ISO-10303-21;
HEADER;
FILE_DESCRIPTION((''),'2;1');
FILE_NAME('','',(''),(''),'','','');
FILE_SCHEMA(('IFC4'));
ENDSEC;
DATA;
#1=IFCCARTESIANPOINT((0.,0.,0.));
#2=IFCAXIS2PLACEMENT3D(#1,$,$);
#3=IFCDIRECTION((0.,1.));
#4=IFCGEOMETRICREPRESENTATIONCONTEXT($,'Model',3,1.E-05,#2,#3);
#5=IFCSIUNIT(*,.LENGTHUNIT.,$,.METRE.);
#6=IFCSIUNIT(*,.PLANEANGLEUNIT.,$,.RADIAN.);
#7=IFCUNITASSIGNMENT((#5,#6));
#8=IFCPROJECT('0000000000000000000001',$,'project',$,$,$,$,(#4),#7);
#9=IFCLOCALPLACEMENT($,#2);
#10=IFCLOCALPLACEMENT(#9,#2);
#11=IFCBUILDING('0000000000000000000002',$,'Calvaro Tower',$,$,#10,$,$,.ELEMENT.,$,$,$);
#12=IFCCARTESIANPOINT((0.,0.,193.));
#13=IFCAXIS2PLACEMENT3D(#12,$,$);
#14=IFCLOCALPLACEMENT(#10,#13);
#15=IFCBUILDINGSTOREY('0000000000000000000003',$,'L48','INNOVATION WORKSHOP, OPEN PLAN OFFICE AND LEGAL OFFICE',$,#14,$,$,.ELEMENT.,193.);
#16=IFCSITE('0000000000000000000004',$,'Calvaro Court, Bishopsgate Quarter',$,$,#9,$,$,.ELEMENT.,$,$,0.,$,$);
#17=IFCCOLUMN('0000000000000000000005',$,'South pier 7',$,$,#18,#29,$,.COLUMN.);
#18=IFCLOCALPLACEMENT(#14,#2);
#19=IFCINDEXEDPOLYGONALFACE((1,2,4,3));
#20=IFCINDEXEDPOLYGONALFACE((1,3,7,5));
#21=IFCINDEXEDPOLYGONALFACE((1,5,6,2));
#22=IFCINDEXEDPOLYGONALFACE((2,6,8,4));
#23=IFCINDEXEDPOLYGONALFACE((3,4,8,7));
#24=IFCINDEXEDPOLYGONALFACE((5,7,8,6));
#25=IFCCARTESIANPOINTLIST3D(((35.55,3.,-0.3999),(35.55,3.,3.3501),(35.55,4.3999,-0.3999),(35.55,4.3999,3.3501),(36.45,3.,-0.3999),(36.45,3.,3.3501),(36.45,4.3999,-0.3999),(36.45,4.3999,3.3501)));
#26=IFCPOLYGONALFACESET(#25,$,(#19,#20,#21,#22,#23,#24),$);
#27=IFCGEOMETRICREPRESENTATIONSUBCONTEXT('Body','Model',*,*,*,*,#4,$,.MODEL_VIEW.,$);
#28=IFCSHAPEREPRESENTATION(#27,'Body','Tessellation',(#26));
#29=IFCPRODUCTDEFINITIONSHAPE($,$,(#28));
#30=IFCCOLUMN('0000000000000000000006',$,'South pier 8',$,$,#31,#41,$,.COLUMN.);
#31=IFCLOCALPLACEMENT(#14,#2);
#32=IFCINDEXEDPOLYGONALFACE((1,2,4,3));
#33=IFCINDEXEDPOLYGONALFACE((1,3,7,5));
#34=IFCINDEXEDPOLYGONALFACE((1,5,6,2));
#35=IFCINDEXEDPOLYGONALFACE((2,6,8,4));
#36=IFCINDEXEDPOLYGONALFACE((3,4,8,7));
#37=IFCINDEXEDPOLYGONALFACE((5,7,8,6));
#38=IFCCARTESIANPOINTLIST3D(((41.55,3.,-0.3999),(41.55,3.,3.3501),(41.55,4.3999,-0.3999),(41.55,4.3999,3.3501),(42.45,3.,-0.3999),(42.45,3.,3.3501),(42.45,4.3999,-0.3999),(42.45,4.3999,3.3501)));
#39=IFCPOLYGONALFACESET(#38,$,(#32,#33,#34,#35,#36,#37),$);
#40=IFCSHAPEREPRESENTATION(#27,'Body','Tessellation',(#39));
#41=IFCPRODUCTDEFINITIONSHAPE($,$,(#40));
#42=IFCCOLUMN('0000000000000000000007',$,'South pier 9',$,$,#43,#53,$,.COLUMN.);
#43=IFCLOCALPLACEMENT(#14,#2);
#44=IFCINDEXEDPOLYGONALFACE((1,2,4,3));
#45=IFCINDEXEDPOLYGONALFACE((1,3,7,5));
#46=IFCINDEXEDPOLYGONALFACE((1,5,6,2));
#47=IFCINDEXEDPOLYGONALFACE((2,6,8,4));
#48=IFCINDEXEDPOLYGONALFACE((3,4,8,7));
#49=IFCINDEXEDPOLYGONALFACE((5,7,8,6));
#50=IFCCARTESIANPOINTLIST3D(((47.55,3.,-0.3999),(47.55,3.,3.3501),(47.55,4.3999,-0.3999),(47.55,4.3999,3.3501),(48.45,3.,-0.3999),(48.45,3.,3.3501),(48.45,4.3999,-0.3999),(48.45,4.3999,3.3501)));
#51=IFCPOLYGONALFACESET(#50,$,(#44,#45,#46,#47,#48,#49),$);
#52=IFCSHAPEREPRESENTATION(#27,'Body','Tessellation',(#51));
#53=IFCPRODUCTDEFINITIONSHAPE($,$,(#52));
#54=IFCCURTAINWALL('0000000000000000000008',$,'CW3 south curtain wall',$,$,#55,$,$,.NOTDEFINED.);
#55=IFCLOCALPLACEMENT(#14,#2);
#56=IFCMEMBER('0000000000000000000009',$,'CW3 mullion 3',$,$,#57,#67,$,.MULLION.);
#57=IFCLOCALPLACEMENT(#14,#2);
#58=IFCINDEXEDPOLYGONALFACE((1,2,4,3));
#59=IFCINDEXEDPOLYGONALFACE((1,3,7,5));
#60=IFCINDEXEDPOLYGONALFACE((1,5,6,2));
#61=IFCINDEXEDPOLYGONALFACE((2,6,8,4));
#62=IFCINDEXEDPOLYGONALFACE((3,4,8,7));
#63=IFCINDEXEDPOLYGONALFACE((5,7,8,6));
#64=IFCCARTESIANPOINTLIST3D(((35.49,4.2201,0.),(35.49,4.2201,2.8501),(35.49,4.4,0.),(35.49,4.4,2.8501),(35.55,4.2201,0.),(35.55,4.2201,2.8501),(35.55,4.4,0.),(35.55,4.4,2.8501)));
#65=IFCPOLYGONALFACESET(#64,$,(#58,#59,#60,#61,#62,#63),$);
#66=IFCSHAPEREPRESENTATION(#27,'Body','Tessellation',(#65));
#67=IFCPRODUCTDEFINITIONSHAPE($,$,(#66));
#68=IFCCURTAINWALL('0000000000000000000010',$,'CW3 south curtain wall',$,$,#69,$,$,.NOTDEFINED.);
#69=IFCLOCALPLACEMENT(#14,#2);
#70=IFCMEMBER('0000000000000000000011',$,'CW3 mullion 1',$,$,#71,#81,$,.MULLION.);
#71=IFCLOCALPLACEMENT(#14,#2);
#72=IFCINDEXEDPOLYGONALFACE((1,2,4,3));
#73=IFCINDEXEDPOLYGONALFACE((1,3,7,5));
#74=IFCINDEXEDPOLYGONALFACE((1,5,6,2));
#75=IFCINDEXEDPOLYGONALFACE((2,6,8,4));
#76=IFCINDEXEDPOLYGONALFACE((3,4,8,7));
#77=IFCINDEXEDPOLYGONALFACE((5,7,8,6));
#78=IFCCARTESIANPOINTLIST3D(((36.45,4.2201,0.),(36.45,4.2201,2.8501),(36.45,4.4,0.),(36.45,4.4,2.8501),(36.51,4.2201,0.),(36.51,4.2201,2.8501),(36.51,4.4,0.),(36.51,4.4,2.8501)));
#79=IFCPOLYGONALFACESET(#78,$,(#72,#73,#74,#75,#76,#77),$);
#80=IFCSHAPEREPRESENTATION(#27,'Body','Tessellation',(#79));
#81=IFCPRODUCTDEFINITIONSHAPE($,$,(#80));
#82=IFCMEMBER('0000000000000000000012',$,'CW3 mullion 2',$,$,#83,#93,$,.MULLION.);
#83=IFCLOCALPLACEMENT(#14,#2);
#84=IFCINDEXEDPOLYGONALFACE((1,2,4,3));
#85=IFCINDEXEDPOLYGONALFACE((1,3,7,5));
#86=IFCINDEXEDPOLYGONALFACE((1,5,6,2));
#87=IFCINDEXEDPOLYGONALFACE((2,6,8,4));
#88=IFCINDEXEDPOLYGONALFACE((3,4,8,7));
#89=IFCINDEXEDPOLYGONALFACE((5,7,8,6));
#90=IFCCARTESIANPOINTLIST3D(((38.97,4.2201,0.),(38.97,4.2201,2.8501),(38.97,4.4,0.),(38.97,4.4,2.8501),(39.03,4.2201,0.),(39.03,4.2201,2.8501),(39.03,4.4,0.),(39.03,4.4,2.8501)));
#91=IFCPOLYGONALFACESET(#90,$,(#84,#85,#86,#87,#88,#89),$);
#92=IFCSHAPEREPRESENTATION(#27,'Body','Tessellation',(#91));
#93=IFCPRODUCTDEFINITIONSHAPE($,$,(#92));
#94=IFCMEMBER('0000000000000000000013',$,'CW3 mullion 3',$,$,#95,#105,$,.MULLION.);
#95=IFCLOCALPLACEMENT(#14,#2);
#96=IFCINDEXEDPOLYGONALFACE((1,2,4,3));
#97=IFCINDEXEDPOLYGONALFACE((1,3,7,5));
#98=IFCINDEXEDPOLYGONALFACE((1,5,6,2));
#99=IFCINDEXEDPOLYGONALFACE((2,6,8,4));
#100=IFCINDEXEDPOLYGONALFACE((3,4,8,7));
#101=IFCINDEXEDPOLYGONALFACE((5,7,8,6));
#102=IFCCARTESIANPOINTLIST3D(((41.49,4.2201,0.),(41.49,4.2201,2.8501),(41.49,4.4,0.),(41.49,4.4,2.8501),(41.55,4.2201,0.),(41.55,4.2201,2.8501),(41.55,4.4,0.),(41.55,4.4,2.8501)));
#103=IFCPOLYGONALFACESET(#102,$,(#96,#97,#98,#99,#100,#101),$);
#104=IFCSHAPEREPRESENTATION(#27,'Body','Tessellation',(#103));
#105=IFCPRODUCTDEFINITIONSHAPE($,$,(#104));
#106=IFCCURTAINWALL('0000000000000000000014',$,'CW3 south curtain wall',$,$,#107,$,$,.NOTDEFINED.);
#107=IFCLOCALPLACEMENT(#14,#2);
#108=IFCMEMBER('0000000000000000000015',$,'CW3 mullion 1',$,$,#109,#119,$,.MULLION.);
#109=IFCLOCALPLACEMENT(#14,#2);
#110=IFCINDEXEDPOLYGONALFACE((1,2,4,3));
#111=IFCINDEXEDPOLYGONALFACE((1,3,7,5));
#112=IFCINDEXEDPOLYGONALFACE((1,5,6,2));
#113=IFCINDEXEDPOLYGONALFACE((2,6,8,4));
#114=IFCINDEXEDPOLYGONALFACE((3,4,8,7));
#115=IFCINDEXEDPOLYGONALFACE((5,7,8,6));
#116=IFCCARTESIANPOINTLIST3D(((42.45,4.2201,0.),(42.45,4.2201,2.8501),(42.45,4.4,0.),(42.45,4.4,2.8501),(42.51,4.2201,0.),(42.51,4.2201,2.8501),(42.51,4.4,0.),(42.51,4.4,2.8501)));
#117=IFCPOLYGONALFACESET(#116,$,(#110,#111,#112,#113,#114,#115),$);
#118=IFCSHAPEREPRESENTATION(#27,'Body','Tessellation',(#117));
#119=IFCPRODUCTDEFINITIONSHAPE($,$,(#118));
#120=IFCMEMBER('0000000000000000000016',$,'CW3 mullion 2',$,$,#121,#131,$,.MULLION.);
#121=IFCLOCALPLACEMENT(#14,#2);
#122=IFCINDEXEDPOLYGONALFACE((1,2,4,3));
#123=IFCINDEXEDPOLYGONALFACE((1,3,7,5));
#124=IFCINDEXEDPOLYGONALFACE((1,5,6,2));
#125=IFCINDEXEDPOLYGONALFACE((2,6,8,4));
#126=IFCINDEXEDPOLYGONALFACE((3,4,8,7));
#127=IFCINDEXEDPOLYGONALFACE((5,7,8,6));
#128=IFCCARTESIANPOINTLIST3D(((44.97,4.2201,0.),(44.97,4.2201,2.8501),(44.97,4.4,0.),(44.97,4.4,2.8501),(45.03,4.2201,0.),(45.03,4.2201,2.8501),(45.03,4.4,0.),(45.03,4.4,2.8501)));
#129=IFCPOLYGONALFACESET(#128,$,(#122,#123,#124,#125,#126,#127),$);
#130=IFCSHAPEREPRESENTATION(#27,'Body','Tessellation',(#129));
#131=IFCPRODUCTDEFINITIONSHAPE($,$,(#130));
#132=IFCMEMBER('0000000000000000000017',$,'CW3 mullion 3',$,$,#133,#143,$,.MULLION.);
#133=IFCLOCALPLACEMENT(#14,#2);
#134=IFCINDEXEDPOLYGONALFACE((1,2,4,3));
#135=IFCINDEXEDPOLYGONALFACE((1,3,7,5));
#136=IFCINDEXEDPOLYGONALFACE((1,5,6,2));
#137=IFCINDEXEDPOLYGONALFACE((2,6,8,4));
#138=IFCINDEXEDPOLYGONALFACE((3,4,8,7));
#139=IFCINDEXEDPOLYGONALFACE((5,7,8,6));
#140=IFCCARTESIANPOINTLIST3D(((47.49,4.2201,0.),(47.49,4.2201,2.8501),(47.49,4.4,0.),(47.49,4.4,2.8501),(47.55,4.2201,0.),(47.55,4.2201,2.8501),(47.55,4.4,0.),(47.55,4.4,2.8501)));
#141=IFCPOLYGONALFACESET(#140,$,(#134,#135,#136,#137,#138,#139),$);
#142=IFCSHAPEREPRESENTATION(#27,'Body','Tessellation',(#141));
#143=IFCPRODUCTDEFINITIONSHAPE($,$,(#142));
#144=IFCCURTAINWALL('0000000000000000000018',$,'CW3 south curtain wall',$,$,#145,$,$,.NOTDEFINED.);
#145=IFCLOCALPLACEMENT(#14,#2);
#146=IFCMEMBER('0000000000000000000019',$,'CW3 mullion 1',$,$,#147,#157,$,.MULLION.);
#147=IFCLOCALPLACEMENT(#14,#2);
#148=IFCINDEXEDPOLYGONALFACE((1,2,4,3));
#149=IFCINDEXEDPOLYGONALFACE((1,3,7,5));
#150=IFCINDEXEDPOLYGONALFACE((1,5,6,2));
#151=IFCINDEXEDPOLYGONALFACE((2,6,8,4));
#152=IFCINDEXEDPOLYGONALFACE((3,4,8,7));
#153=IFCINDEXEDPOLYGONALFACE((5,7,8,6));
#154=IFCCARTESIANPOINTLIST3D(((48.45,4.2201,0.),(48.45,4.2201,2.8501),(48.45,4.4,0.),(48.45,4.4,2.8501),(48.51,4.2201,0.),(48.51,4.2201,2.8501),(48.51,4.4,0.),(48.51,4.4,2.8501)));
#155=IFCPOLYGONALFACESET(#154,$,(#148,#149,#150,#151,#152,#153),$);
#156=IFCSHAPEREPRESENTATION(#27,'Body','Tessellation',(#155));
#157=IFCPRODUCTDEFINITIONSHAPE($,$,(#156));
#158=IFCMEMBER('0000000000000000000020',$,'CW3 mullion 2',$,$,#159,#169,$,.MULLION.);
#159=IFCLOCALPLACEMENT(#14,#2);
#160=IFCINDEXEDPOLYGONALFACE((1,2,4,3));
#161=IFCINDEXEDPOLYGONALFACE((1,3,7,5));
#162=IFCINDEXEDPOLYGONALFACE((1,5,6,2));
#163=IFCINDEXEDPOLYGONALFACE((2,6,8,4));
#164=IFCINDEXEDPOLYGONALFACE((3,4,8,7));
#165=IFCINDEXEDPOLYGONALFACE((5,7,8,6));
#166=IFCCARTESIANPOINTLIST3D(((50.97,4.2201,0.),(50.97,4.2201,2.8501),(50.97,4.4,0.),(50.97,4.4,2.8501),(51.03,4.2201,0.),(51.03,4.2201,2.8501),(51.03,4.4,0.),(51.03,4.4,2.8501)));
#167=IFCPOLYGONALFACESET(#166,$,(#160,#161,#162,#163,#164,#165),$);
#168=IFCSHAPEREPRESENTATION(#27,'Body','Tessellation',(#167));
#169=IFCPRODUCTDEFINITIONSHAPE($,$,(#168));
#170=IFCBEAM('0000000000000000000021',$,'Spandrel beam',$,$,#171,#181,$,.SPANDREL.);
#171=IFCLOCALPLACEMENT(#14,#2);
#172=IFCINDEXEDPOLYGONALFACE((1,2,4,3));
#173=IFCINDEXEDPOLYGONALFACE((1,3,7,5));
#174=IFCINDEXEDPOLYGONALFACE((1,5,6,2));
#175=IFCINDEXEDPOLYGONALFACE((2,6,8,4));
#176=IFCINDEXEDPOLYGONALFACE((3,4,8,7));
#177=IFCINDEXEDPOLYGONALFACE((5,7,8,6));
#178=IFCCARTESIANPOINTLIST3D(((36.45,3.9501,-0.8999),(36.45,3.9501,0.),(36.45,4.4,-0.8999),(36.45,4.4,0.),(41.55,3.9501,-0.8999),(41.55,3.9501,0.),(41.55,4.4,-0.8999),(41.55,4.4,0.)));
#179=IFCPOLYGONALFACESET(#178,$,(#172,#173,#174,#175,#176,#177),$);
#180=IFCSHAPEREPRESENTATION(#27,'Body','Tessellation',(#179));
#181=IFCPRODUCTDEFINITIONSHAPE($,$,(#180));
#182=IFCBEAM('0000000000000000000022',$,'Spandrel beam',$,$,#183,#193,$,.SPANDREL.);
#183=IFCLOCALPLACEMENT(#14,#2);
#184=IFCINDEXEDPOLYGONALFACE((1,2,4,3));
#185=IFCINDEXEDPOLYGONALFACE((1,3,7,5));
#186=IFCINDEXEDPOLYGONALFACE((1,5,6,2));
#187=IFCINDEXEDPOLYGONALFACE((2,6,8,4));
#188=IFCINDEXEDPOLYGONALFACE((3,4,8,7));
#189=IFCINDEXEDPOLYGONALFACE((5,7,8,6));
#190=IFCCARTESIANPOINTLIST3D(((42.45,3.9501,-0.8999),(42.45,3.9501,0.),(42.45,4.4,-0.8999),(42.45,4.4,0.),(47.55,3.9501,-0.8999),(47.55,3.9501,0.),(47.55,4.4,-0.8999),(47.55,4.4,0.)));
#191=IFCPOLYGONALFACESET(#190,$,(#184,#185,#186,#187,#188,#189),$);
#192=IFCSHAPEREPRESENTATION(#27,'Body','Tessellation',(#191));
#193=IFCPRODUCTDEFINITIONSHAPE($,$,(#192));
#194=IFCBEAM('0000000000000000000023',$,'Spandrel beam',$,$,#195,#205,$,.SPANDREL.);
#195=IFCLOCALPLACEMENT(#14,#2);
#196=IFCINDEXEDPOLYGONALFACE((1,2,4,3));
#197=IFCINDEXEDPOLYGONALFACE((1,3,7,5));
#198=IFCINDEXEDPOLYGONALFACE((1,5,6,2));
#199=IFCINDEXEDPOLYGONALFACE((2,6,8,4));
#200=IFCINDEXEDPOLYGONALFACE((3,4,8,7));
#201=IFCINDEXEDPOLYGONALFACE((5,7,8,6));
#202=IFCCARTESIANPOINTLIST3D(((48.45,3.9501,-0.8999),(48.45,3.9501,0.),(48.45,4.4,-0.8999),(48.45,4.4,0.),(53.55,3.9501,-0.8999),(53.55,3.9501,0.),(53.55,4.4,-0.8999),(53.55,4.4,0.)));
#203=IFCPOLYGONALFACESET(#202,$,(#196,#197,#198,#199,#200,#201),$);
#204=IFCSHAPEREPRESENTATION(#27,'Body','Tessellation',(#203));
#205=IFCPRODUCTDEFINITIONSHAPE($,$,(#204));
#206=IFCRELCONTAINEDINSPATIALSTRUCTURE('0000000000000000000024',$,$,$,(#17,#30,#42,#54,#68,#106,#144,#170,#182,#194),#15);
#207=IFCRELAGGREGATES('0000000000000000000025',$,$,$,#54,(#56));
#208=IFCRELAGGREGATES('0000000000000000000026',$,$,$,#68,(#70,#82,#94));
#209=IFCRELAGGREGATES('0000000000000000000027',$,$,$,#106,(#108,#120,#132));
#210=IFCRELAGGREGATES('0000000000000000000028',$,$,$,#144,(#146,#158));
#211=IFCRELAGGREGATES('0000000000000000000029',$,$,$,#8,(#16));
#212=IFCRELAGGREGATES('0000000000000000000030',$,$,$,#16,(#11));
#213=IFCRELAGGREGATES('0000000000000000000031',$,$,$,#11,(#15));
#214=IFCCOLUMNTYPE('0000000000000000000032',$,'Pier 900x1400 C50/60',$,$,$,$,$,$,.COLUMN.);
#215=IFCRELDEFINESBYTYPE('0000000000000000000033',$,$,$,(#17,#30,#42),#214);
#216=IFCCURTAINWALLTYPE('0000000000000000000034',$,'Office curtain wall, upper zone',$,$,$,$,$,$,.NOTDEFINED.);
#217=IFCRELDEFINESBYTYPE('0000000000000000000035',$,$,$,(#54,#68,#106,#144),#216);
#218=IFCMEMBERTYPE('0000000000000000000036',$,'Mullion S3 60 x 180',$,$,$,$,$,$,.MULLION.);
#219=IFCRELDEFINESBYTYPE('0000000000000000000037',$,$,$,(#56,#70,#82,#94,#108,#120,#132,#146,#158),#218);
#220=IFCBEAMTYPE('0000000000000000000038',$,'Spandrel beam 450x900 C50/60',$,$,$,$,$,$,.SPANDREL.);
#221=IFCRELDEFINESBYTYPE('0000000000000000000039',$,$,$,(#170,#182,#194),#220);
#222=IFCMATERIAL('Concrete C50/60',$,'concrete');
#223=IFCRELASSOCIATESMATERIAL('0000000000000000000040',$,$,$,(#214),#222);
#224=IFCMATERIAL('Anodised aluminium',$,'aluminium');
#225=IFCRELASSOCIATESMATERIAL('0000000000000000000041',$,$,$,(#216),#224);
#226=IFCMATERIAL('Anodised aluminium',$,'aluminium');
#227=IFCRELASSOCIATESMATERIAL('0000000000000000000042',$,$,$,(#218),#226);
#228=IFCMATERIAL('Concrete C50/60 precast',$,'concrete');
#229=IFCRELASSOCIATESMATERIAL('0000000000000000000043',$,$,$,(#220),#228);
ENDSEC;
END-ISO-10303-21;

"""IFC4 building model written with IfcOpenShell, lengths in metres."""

from ifc_helpers import new_model, si_unit, direction, frame, origin, origin_2d, place, context, subcontext, project, spatial, rectangle, extrude, material, material_profile, profile_set, type_object, element, aggregate, save


model = new_model("IFC4")

# Units and contexts
model_context = context("Model", 3, precision=1e-05, world=origin(), true_north=direction((0.0, 1.0)))
body_context = subcontext(model_context, "Body", "Model", "MODEL_VIEW")
ifc_project = project(units=[si_unit("LENGTHUNIT", "METRE"), si_unit("PLANEANGLEUNIT", "RADIAN")], contexts=[model_context])

# Site, building, storey
site_placement = place(None, origin())
site = spatial("IfcSite", under=ifc_project, at=site_placement, Name="Calvaro Court, Bishopsgate Quarter", CompositionType="ELEMENT", RefElevation=0.0)
building_placement = place(site_placement, origin())
building = spatial("IfcBuilding", under=site, at=building_placement, Name="Calvaro Tower", CompositionType="ELEMENT")
storey_placement = place(building_placement, frame((0.0, 0.0, 193.0)))
storey = spatial("IfcBuildingStorey", under=building, at=storey_placement, Name="L48", Description="INNOVATION WORKSHOP, OPEN PLAN OFFICE AND LEGAL OFFICE", CompositionType="ELEMENT", Elevation=193.0)

# Columns
ifc_material_1 = material(Name="Concrete C50/60", Category="concrete")
ifc_material_profile_1 = material_profile(ifc_material_1, rectangle(XDim=0.8999, YDim=1.3999, at=origin_2d()), Name="RC 900x1400")
ifc_profile_set_1 = profile_set([ifc_material_profile_1], Name="Concrete C50/60")
column_type = type_object("IfcColumnType", Name="Pier 900x1400 C50/60", PredefinedType="COLUMN", material=ifc_profile_set_1)
for number, where, z_axis, x_axis, name in (
    (1, (36.0, 3.7, -0.3999), (0.0, 0.0, 1.0), (1.0, 0.0, 0.0), "South pier 7"),
    (2, (42.0, 3.7, -0.3999), (0.0, 0.0, 1.0), (1.0, 0.0, 0.0), "South pier 8"),
    (3, (48.0, 3.7, -0.3999), (0.0, 0.0, 1.0), (1.0, 0.0, 0.0), "South pier 9"),
):
    element("IfcColumn", number, at=place(storey_placement, frame(where, z_axis=z_axis, x_axis=x_axis)), inside=storey, type_object=column_type, Name=name, PredefinedType="COLUMN", context=body_context, shape_type="SweptSolid", body=[
        extrude(rectangle(XDim=0.8999, YDim=1.3999, at=origin_2d()), origin(), (0.0, 0.0, 1.0), 3.75),
    ])

# Curtain wall, member
ifc_material_2 = material(Name="Anodised aluminium", Category="aluminium")
curtain_wall_type = type_object("IfcCurtainWallType", Name="Office curtain wall, upper zone", PredefinedType="NOTDEFINED", material=ifc_material_2)
curtain_wall_1_placement = place(storey_placement, origin())
curtain_wall_1 = element("IfcCurtainWall", 4, at=curtain_wall_1_placement, inside=storey, type_object=curtain_wall_type, Name="CW3 south curtain wall", PredefinedType="NOTDEFINED")
ifc_material_3 = material(Name="Anodised aluminium", Category="aluminium")
ifc_material_profile_2 = material_profile(ifc_material_3, rectangle(XDim=0.1799, YDim=0.0601, at=origin_2d()), Name="Mullion S3 60 x 180")
ifc_profile_set_2 = profile_set([ifc_material_profile_2], Name="Anodised aluminium")
member_type_1 = type_object("IfcMemberType", Name="Mullion S3 60 x 180", PredefinedType="MULLION", material=ifc_profile_set_2)
member_1_placement = place(storey_placement, frame((35.52, 4.3101, 0.0), z_axis=(0.0, 0.0, 1.0), x_axis=(0.0, 1.0, 0.0)))
member_1 = element("IfcMember", 5, at=member_1_placement, type_object=member_type_1, Name="CW3 mullion 3", PredefinedType="MULLION", context=body_context, shape_type="SweptSolid", body=[
    extrude(rectangle(XDim=0.1799, YDim=0.0601, at=origin_2d()), origin(), (0.0, 0.0, 1.0), 2.8501),
])
aggregate(curtain_wall_1, [member_1])

# Curtain walls, members
curtain_wall_2_placement = place(storey_placement, origin())
curtain_wall_2 = element("IfcCurtainWall", 6, at=curtain_wall_2_placement, inside=storey, type_object=curtain_wall_type, Name="CW3 south curtain wall", PredefinedType="NOTDEFINED")
member_2_placement = place(storey_placement, frame((36.48, 4.3101, 0.0), z_axis=(0.0, 0.0, 1.0), x_axis=(0.0, 1.0, 0.0)))
member_2 = element("IfcMember", 7, at=member_2_placement, type_object=member_type_1, Name="CW3 mullion 1", PredefinedType="MULLION", context=body_context, shape_type="SweptSolid", body=[
    extrude(rectangle(XDim=0.1799, YDim=0.0601, at=origin_2d()), origin(), (0.0, 0.0, 1.0), 2.8501),
])
member_3_placement = place(storey_placement, frame((39.0, 4.3101, 0.0), z_axis=(0.0, 0.0, 1.0), x_axis=(0.0, 1.0, 0.0)))
member_3 = element("IfcMember", 8, at=member_3_placement, type_object=member_type_1, Name="CW3 mullion 2", PredefinedType="MULLION", context=body_context, shape_type="SweptSolid", body=[
    extrude(rectangle(XDim=0.1799, YDim=0.0601, at=origin_2d()), origin(), (0.0, 0.0, 1.0), 2.8501),
])
member_4_placement = place(storey_placement, frame((41.52, 4.3101, 0.0), z_axis=(0.0, 0.0, 1.0), x_axis=(0.0, 1.0, 0.0)))
member_4 = element("IfcMember", 9, at=member_4_placement, type_object=member_type_1, Name="CW3 mullion 3", PredefinedType="MULLION", context=body_context, shape_type="SweptSolid", body=[
    extrude(rectangle(XDim=0.1799, YDim=0.0601, at=origin_2d()), origin(), (0.0, 0.0, 1.0), 2.8501),
])
curtain_wall_3_placement = place(storey_placement, origin())
curtain_wall_3 = element("IfcCurtainWall", 10, at=curtain_wall_3_placement, inside=storey, type_object=curtain_wall_type, Name="CW3 south curtain wall", PredefinedType="NOTDEFINED")
member_5_placement = place(storey_placement, frame((42.48, 4.3101, 0.0), z_axis=(0.0, 0.0, 1.0), x_axis=(0.0, 1.0, 0.0)))
member_5 = element("IfcMember", 11, at=member_5_placement, type_object=member_type_1, Name="CW3 mullion 1", PredefinedType="MULLION", context=body_context, shape_type="SweptSolid", body=[
    extrude(rectangle(XDim=0.1799, YDim=0.0601, at=origin_2d()), origin(), (0.0, 0.0, 1.0), 2.8501),
])
member_6_placement = place(storey_placement, frame((45.0, 4.3101, 0.0), z_axis=(0.0, 0.0, 1.0), x_axis=(0.0, 1.0, 0.0)))
member_6 = element("IfcMember", 12, at=member_6_placement, type_object=member_type_1, Name="CW3 mullion 2", PredefinedType="MULLION", context=body_context, shape_type="SweptSolid", body=[
    extrude(rectangle(XDim=0.1799, YDim=0.0601, at=origin_2d()), origin(), (0.0, 0.0, 1.0), 2.8501),
])
member_7_placement = place(storey_placement, frame((47.52, 4.3101, 0.0), z_axis=(0.0, 0.0, 1.0), x_axis=(0.0, 1.0, 0.0)))
member_7 = element("IfcMember", 13, at=member_7_placement, type_object=member_type_1, Name="CW3 mullion 3", PredefinedType="MULLION", context=body_context, shape_type="SweptSolid", body=[
    extrude(rectangle(XDim=0.1799, YDim=0.0601, at=origin_2d()), origin(), (0.0, 0.0, 1.0), 2.8501),
])
curtain_wall_4_placement = place(storey_placement, origin())
curtain_wall_4 = element("IfcCurtainWall", 14, at=curtain_wall_4_placement, inside=storey, type_object=curtain_wall_type, Name="CW3 south curtain wall", PredefinedType="NOTDEFINED")
member_8_placement = place(storey_placement, frame((48.48, 4.3101, 0.0), z_axis=(0.0, 0.0, 1.0), x_axis=(0.0, 1.0, 0.0)))
member_8 = element("IfcMember", 15, at=member_8_placement, type_object=member_type_1, Name="CW3 mullion 1", PredefinedType="MULLION", context=body_context, shape_type="SweptSolid", body=[
    extrude(rectangle(XDim=0.1799, YDim=0.0601, at=origin_2d()), origin(), (0.0, 0.0, 1.0), 2.8501),
])
member_9_placement = place(storey_placement, frame((51.0, 4.3101, 0.0), z_axis=(0.0, 0.0, 1.0), x_axis=(0.0, 1.0, 0.0)))
member_9 = element("IfcMember", 16, at=member_9_placement, type_object=member_type_1, Name="CW3 mullion 2", PredefinedType="MULLION", context=body_context, shape_type="SweptSolid", body=[
    extrude(rectangle(XDim=0.1799, YDim=0.0601, at=origin_2d()), origin(), (0.0, 0.0, 1.0), 2.8501),
])

# Beams
ifc_material_4 = material(Name="Concrete C50/60 precast", Category="concrete")
ifc_material_profile_3 = material_profile(ifc_material_4, rectangle(XDim=0.45, YDim=0.8999, at=origin_2d()), Name="RC 450x900")
ifc_profile_set_3 = profile_set([ifc_material_profile_3], Name="Concrete C50/60 precast")
beam_type = type_object("IfcBeamType", Name="Spandrel beam 450x900 C50/60", PredefinedType="SPANDREL", material=ifc_profile_set_3)
for number, where, z_axis, x_axis, name in (
    (17, (36.45, 4.175, -0.45), (1.0, 0.0, 0.0), (0.0, 1.0, 0.0), "Spandrel beam"),
    (18, (42.45, 4.175, -0.45), (1.0, 0.0, 0.0), (0.0, 1.0, 0.0), "Spandrel beam"),
    (19, (48.45, 4.175, -0.45), (1.0, 0.0, 0.0), (0.0, 1.0, 0.0), "Spandrel beam"),
):
    element("IfcBeam", number, at=place(storey_placement, frame(where, z_axis=z_axis, x_axis=x_axis)), inside=storey, type_object=beam_type, Name=name, PredefinedType="SPANDREL", context=body_context, shape_type="SweptSolid", body=[
        extrude(rectangle(XDim=0.45, YDim=0.8999, at=origin_2d()), origin(), (0.0, 0.0, 1.0), 5.1001),
    ])

aggregate(curtain_wall_2, [member_2, member_3, member_4])
aggregate(curtain_wall_3, [member_5, member_6, member_7])
aggregate(curtain_wall_4, [member_8, member_9])

save(model, "model.ifc")
